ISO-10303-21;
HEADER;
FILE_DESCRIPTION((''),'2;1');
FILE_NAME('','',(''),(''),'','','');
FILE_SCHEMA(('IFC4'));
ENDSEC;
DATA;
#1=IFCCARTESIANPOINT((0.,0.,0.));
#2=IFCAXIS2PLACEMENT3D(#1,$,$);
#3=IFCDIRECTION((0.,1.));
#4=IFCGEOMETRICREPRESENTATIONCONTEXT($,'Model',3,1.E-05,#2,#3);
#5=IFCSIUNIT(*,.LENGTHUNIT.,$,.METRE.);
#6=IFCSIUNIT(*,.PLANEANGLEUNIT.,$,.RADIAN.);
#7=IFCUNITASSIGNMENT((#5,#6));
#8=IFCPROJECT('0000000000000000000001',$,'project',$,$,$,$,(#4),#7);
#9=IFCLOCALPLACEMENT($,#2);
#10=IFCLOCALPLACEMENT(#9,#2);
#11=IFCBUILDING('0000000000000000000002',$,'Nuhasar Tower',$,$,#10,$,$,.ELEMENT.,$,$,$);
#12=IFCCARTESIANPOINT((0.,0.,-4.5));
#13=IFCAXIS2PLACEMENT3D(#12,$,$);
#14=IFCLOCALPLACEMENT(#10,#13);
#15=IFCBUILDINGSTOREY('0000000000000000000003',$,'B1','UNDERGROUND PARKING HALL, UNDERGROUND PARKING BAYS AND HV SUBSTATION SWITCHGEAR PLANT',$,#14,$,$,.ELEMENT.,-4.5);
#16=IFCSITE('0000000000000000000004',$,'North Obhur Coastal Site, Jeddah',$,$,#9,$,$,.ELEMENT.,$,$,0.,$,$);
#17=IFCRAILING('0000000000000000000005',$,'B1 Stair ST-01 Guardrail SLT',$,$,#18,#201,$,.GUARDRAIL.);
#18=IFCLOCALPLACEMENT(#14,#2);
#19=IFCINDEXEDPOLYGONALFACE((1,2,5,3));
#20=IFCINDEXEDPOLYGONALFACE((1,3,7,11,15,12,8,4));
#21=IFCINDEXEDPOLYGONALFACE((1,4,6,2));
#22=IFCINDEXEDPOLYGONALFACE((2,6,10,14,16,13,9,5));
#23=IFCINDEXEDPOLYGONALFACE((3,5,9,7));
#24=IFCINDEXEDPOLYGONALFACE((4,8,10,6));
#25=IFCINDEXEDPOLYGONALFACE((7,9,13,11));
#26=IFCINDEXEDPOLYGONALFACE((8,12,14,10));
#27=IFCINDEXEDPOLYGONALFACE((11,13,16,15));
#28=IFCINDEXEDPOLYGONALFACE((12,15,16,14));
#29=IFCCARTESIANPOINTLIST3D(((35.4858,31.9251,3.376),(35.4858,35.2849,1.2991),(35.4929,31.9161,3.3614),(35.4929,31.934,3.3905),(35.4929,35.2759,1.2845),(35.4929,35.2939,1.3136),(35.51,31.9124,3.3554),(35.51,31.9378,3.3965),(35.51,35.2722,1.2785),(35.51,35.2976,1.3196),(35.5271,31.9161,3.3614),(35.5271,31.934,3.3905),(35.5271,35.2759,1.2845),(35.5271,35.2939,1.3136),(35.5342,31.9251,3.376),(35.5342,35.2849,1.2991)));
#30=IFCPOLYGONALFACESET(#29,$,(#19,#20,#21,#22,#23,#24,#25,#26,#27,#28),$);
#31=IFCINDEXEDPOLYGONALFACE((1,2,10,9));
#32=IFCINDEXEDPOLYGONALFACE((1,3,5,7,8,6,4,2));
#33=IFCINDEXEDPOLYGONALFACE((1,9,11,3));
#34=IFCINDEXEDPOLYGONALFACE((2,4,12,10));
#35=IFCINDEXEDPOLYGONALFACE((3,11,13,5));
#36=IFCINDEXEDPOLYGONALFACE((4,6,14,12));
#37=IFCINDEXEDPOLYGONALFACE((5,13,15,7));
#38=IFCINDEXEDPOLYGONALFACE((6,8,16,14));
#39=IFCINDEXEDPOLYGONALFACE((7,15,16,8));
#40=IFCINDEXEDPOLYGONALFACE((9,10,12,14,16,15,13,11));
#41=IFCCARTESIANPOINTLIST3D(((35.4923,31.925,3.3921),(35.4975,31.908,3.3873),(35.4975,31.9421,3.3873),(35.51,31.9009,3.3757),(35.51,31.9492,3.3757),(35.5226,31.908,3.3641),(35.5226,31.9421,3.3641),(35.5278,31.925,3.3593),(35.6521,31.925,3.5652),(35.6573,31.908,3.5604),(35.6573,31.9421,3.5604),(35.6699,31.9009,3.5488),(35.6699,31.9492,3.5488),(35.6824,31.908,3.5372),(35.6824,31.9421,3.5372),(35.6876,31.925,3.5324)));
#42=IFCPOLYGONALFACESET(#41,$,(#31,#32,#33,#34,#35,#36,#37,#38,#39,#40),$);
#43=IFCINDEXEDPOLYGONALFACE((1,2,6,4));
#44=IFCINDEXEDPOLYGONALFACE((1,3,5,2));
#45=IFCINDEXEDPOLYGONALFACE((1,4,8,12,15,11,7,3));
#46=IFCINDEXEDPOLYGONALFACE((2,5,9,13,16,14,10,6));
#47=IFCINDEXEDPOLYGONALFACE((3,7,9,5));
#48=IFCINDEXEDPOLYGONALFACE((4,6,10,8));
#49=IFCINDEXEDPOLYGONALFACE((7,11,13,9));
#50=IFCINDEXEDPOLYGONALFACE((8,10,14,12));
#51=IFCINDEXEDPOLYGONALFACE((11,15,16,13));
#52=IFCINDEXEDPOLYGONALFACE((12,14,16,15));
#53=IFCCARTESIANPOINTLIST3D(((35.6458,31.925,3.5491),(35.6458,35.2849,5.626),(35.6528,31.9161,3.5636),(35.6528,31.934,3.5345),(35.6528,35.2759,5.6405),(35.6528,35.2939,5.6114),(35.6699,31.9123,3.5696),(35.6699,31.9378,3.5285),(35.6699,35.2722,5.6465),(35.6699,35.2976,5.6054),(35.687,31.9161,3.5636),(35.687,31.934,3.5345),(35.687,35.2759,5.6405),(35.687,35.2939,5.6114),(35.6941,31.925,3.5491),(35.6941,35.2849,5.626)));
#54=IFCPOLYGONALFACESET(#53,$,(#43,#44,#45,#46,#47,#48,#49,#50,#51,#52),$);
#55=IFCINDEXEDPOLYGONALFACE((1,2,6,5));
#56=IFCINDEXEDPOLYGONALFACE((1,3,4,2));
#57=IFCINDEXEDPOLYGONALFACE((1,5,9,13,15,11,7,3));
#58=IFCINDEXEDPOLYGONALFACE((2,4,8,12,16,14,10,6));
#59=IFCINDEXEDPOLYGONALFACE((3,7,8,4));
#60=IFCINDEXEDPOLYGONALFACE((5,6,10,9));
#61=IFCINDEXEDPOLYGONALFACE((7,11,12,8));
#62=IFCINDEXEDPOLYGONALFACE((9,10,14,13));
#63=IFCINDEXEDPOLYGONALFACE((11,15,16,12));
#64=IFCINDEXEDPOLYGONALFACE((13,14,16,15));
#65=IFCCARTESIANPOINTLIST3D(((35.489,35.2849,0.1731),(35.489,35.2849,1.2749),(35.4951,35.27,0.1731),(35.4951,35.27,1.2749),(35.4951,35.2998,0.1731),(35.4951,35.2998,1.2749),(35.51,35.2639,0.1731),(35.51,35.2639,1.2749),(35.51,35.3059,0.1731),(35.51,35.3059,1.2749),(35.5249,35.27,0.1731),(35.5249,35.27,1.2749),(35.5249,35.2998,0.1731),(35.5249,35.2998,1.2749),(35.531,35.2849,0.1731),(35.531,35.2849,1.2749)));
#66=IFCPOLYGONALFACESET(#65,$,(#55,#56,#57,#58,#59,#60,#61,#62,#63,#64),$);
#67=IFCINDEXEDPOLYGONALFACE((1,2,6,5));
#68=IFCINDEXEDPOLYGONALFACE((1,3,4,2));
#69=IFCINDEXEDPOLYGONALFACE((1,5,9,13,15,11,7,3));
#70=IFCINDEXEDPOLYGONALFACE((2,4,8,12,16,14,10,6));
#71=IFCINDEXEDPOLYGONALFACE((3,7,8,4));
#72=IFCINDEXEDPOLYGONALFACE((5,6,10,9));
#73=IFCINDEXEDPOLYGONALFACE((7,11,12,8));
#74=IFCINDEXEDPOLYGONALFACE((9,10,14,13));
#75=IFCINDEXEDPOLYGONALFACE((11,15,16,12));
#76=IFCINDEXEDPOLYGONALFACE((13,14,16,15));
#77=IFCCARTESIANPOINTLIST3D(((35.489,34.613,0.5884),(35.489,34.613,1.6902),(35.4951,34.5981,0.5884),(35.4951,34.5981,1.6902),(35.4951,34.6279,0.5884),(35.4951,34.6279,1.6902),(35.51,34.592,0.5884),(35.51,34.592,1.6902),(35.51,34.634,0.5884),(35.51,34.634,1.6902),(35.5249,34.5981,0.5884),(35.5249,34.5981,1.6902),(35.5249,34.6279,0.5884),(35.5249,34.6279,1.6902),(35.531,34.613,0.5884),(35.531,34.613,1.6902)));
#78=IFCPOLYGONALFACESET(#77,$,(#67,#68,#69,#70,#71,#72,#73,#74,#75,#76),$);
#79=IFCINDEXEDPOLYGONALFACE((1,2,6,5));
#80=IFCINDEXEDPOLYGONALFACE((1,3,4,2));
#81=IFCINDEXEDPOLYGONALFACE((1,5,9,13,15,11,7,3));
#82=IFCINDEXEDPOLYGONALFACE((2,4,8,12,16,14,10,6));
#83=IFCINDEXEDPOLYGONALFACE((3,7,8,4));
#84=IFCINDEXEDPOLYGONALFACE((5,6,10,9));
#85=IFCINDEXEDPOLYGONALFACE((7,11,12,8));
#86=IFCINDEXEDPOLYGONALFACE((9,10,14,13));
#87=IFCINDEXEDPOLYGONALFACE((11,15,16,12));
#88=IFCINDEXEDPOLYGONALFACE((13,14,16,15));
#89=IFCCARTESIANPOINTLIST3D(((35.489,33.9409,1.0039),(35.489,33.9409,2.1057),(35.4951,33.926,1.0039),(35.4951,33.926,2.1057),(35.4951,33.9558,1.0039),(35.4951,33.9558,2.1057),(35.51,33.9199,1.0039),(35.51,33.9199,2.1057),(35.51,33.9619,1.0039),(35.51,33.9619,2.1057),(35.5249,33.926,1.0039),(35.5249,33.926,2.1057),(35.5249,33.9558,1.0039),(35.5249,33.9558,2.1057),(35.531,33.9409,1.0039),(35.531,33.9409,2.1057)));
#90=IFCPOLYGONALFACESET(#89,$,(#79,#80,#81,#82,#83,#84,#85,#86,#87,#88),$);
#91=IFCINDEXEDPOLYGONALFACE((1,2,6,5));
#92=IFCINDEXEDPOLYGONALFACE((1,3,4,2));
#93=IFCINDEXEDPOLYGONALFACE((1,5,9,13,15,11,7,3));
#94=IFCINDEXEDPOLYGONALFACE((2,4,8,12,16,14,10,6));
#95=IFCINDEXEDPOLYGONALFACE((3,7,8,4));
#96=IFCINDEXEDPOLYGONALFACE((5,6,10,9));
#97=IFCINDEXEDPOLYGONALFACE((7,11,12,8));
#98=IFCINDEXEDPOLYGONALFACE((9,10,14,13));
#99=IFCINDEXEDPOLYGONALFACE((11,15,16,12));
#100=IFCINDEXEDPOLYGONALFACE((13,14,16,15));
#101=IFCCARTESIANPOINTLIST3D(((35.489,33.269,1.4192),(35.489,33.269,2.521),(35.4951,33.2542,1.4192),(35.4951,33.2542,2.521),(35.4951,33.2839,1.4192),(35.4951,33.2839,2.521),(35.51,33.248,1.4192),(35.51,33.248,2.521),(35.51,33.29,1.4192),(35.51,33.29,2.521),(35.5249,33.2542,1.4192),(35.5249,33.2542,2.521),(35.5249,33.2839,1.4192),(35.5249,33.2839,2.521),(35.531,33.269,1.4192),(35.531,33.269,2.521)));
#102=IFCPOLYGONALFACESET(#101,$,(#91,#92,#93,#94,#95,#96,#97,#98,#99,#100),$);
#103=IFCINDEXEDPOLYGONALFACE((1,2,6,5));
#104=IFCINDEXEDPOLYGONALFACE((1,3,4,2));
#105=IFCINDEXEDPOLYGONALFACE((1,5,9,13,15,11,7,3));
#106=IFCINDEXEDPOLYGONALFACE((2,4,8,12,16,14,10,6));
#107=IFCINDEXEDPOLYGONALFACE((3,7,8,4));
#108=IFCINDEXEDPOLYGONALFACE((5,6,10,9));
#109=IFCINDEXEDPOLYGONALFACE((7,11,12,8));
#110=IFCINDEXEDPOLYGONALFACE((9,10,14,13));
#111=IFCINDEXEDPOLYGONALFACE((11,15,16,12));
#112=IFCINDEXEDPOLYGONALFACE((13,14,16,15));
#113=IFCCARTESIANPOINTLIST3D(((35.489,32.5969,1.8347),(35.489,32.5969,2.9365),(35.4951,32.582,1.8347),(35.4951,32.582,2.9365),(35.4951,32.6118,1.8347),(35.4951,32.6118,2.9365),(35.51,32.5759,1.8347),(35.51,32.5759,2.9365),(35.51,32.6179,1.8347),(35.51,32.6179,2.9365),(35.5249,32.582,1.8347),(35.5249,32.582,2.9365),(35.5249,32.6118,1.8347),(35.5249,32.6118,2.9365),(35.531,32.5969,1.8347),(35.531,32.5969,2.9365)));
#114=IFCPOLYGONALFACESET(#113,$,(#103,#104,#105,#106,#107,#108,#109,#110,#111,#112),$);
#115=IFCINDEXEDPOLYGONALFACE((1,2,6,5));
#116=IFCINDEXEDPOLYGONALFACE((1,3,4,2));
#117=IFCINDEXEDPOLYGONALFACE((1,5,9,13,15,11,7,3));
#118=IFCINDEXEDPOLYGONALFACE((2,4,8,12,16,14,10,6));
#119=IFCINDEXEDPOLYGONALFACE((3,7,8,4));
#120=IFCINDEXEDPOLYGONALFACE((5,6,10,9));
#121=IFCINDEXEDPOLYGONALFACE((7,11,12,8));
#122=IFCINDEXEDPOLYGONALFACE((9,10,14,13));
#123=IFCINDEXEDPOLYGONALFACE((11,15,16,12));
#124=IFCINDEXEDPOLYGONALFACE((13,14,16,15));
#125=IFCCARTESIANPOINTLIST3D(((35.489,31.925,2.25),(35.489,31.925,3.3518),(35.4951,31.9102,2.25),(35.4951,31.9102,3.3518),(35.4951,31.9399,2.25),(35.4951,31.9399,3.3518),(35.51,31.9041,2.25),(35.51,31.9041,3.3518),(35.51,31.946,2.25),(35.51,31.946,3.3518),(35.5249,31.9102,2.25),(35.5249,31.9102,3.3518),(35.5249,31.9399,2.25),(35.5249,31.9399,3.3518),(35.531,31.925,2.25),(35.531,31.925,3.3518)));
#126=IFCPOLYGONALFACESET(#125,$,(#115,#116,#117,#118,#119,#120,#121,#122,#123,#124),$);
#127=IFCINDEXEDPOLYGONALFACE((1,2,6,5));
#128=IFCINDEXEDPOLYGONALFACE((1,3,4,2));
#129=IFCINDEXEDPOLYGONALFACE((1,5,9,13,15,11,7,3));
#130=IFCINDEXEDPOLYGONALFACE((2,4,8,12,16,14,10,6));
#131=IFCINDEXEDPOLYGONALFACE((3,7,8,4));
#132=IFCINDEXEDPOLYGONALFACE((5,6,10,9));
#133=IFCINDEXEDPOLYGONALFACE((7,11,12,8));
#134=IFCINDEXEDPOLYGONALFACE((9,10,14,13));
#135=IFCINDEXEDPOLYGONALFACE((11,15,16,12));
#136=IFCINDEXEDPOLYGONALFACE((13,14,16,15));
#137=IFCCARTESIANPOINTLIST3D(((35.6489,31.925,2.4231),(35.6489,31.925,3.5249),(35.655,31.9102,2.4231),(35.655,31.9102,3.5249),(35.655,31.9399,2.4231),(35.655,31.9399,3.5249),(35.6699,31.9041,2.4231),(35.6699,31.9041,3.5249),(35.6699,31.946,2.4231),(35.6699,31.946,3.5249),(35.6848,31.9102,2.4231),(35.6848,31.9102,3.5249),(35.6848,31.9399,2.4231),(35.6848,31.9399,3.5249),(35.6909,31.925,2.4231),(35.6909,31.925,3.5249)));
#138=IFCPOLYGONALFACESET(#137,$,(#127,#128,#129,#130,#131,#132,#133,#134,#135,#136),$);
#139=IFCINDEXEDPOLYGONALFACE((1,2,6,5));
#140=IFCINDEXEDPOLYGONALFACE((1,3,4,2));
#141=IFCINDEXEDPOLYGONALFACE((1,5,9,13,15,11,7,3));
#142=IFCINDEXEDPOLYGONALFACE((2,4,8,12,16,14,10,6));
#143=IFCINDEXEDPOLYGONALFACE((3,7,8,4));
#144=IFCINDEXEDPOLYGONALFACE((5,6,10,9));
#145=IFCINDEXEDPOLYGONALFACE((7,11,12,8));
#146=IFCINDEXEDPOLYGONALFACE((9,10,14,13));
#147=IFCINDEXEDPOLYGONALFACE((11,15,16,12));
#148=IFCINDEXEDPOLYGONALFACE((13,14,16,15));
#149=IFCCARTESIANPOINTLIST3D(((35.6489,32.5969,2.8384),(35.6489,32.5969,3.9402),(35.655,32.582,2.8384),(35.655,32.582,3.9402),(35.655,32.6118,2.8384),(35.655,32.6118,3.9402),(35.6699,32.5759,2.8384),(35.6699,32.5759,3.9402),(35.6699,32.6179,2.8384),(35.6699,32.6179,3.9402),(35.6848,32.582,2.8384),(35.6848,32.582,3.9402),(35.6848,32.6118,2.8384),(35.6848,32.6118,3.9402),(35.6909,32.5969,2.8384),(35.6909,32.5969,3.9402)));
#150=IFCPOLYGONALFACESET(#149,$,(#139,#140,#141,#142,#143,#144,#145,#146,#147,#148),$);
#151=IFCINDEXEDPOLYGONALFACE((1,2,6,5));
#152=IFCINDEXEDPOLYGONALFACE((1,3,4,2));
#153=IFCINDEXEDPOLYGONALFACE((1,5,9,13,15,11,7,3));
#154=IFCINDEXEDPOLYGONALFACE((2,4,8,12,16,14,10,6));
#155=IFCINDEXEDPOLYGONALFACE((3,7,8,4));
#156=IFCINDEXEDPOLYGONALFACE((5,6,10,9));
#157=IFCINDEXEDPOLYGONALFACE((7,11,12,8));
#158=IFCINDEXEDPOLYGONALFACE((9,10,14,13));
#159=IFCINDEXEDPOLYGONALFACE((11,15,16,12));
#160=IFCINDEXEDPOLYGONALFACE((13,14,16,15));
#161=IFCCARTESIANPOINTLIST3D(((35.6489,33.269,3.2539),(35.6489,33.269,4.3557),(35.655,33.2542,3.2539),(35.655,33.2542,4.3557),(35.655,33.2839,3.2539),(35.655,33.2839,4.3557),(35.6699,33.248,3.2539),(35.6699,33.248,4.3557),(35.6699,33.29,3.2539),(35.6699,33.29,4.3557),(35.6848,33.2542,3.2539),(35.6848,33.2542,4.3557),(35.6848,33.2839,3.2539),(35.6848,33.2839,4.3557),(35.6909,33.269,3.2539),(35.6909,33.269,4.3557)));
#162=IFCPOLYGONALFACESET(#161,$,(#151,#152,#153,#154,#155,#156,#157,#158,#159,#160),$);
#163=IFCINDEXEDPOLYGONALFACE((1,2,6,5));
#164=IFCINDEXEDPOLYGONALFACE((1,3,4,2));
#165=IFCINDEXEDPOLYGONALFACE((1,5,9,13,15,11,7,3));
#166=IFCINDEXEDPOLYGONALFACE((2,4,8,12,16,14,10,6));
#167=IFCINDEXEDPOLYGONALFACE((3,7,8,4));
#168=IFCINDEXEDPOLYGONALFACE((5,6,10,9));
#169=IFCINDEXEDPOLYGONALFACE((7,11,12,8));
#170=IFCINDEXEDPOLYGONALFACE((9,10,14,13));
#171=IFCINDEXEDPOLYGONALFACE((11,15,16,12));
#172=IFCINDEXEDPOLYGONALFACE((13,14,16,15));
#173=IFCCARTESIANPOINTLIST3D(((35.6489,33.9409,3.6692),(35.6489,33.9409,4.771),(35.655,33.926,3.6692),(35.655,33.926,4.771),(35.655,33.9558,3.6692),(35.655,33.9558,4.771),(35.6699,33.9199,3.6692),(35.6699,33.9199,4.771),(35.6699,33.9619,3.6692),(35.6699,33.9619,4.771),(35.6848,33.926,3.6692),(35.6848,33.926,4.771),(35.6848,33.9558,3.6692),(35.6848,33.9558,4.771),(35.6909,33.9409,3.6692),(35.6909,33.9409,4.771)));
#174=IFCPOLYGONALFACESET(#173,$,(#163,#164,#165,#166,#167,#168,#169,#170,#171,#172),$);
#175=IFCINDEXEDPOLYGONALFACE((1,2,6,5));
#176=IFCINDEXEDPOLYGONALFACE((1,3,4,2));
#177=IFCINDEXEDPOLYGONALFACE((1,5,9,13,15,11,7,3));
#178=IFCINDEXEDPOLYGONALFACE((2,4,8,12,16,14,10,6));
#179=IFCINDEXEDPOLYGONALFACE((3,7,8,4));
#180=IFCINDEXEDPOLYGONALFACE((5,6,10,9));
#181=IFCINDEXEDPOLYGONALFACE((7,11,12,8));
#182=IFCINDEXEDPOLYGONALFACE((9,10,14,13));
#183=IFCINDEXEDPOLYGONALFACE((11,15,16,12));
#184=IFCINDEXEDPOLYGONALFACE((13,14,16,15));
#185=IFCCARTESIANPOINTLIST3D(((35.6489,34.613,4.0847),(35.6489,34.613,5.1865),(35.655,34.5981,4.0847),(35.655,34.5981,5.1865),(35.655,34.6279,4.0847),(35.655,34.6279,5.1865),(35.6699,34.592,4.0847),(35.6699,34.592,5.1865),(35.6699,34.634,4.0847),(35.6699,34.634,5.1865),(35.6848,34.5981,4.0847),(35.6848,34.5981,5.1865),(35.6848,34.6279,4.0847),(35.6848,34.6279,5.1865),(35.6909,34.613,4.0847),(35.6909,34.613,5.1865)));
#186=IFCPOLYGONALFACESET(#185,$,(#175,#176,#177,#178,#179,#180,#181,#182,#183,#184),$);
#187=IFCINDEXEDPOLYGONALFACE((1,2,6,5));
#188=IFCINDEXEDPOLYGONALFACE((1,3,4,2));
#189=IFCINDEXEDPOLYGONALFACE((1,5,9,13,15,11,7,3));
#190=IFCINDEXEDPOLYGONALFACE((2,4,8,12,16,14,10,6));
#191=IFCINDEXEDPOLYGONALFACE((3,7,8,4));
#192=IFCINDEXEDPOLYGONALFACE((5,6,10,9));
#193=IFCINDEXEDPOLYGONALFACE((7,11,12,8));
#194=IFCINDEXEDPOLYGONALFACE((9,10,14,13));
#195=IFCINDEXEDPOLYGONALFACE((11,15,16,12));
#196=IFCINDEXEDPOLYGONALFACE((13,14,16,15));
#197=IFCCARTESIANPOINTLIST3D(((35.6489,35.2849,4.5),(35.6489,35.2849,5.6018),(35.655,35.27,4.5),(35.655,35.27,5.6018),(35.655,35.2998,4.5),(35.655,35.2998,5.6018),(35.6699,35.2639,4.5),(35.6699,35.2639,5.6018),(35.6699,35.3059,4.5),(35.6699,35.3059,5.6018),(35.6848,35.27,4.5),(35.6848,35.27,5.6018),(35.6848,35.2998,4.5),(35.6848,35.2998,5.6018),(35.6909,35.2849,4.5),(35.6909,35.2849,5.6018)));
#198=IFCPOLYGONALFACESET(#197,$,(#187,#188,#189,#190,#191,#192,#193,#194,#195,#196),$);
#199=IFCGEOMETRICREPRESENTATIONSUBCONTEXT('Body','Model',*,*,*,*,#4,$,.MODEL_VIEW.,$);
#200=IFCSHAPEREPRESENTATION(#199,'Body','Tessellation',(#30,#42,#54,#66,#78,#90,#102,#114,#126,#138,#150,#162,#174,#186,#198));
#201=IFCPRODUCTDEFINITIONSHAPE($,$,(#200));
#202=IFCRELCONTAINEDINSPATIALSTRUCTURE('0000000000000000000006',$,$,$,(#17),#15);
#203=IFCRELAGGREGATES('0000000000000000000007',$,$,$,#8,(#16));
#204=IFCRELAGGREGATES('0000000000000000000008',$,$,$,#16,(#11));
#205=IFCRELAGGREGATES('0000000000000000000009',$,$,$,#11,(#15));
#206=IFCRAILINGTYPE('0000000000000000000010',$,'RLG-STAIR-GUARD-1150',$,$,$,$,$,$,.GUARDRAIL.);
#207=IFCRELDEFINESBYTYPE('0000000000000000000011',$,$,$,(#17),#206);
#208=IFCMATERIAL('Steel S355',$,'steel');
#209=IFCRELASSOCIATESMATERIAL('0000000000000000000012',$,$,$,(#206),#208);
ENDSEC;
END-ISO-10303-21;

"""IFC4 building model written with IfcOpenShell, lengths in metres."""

from ifc_helpers import new_model, si_unit, direction, frame, origin, place, context, subcontext, project, spatial, polyline, outline, extrude, material, type_object, element, save


model = new_model("IFC4")

# Units and contexts
model_context = context("Model", 3, precision=1e-05, world=origin(), true_north=direction((0.0, 1.0)))
body_context = subcontext(model_context, "Body", "Model", "MODEL_VIEW")
ifc_project = project(units=[si_unit("LENGTHUNIT", "METRE"), si_unit("PLANEANGLEUNIT", "RADIAN")], contexts=[model_context])

# Site, building, storey
site_placement = place(None, origin())
site = spatial("IfcSite", under=ifc_project, at=site_placement, Name="North Obhur Coastal Site, Jeddah", CompositionType="ELEMENT", RefElevation=0.0)
building_placement = place(site_placement, origin())
building = spatial("IfcBuilding", under=site, at=building_placement, Name="Nuhasar Tower", CompositionType="ELEMENT")
storey_placement = place(building_placement, frame((0.0, 0.0, -4.5)))
storey = spatial("IfcBuildingStorey", under=building, at=storey_placement, Name="B1", Description="UNDERGROUND PARKING HALL, UNDERGROUND PARKING BAYS AND HV SUBSTATION SWITCHGEAR PLANT", CompositionType="ELEMENT", Elevation=-4.5)

# Shared definitions
ifc_material_1 = material(Name="Steel S355", Category="steel")

# Railing
railing_type_1 = type_object("IfcRailingType", Name="RLG-STAIR-GUARD-1150", PredefinedType="GUARDRAIL", material=ifc_material_1)
railing_1_placement = place(storey_placement, frame((35.51, 35.2849, 0.1731)))
element("IfcRailing", 1, at=railing_1_placement, inside=storey, type_object=railing_type_1, Name="B1 Stair ST-01 Guardrail SLT", PredefinedType="GUARDRAIL", context=body_context, shape_type="SweptSolid", body=[
    extrude(outline(polyline([(0.0242, 0.0), (0.0171, 0.0171), (0.0, 0.0242), (-0.0171, 0.0171), (-0.0242, 0.0), (-0.0171, -0.0171), (0.0, -0.0242), (0.0171, -0.0171), (0.0242, 0.0)])), frame((0.0, 0.0, 1.126), z_axis=(0.0, -0.850606, 0.525803), x_axis=(1.0, 0.0, 0.0)), (0.0, 0.0, 1.0), 3.95),
    extrude(outline(polyline([(0.0242, 0.0), (0.0171, 0.0171), (0.0, 0.0242), (-0.0171, 0.0171), (-0.0242, 0.0), (-0.0171, -0.0171), (0.0, -0.0242), (0.0171, -0.0171), (0.0242, 0.0)])), frame((0.0, -3.3599, 3.2026), z_axis=(0.678581, 0.0, 0.734525), x_axis=(0.0, 1.0, 0.0)), (0.0, 0.0, 1.0), 0.2356),
    extrude(outline(polyline([(0.0242, 0.0), (0.0171, 0.0171), (0.0, 0.0242), (-0.0171, 0.0171), (-0.0242, 0.0), (-0.0171, -0.0171), (0.0, -0.0242), (0.0171, -0.0171), (0.0242, 0.0)])), frame((0.1599, -3.3599, 3.376), z_axis=(0.0, 0.850606, 0.525803), x_axis=(-1.0, 0.0, 0.0)), (0.0, 0.0, 1.0), 3.95),
    extrude(outline(polyline([(0.021, 0.0), (0.0149, 0.0149), (0.0, 0.021), (-0.0149, 0.0149), (-0.021, 0.0), (-0.0149, -0.0149), (0.0, -0.021), (0.0149, -0.0149), (0.021, 0.0)])), origin(), (0.0, 0.0, 1.0), 1.1018),
    extrude(outline(polyline([(0.021, 0.0), (0.0149, 0.0149), (0.0, 0.021), (-0.0149, 0.0149), (-0.021, 0.0), (-0.0149, -0.0149), (0.0, -0.021), (0.0149, -0.0149), (0.021, 0.0)])), frame((0.0, -0.6719, 0.4153)), (0.0, 0.0, 1.0), 1.1018),
    extrude(outline(polyline([(0.021, 0.0), (0.0149, 0.0149), (0.0, 0.021), (-0.0149, 0.0149), (-0.021, 0.0), (-0.0149, -0.0149), (0.0, -0.021), (0.0149, -0.0149), (0.021, 0.0)])), frame((0.0, -1.344, 0.8308)), (0.0, 0.0, 1.0), 1.1018),
    extrude(outline(polyline([(0.021, 0.0), (0.0149, 0.0149), (0.0, 0.021), (-0.0149, 0.0149), (-0.021, 0.0), (-0.0149, -0.0149), (0.0, -0.021), (0.0149, -0.0149), (0.021, 0.0)])), frame((0.0, -2.0159, 1.2461)), (0.0, 0.0, 1.0), 1.1018),
    extrude(outline(polyline([(0.021, 0.0), (0.0149, 0.0149), (0.0, 0.021), (-0.0149, 0.0149), (-0.021, 0.0), (-0.0149, -0.0149), (0.0, -0.021), (0.0149, -0.0149), (0.021, 0.0)])), frame((0.0, -2.688, 1.6616)), (0.0, 0.0, 1.0), 1.1018),
    extrude(outline(polyline([(0.021, 0.0), (0.0149, 0.0149), (0.0, 0.021), (-0.0149, 0.0149), (-0.021, 0.0), (-0.0149, -0.0149), (0.0, -0.021), (0.0149, -0.0149), (0.021, 0.0)])), frame((0.0, -3.3599, 2.0769)), (0.0, 0.0, 1.0), 1.1018),
    extrude(outline(polyline([(0.021, 0.0), (0.0149, 0.0149), (0.0, 0.021), (-0.0149, 0.0149), (-0.021, 0.0), (-0.0149, -0.0149), (0.0, -0.021), (0.0149, -0.0149), (0.021, 0.0)])), frame((0.1599, -3.3599, 2.25)), (0.0, 0.0, 1.0), 1.1018),
    extrude(outline(polyline([(0.021, 0.0), (0.0149, 0.0149), (0.0, 0.021), (-0.0149, 0.0149), (-0.021, 0.0), (-0.0149, -0.0149), (0.0, -0.021), (0.0149, -0.0149), (0.021, 0.0)])), frame((0.1599, -2.688, 2.6653)), (0.0, 0.0, 1.0), 1.1018),
    extrude(outline(polyline([(0.021, 0.0), (0.0149, 0.0149), (0.0, 0.021), (-0.0149, 0.0149), (-0.021, 0.0), (-0.0149, -0.0149), (0.0, -0.021), (0.0149, -0.0149), (0.021, 0.0)])), frame((0.1599, -2.0159, 3.0808)), (0.0, 0.0, 1.0), 1.1018),
    extrude(outline(polyline([(0.021, 0.0), (0.0149, 0.0149), (0.0, 0.021), (-0.0149, 0.0149), (-0.021, 0.0), (-0.0149, -0.0149), (0.0, -0.021), (0.0149, -0.0149), (0.021, 0.0)])), frame((0.1599, -1.344, 3.4961)), (0.0, 0.0, 1.0), 1.1018),
    extrude(outline(polyline([(0.021, 0.0), (0.0149, 0.0149), (0.0, 0.021), (-0.0149, 0.0149), (-0.021, 0.0), (-0.0149, -0.0149), (0.0, -0.021), (0.0149, -0.0149), (0.021, 0.0)])), frame((0.1599, -0.6719, 3.9116)), (0.0, 0.0, 1.0), 1.1018),
    extrude(outline(polyline([(0.021, 0.0), (0.0149, 0.0149), (0.0, 0.021), (-0.0149, 0.0149), (-0.021, 0.0), (-0.0149, -0.0149), (0.0, -0.021), (0.0149, -0.0149), (0.021, 0.0)])), frame((0.1599, 0.0, 4.3269)), (0.0, 0.0, 1.0), 1.1018),
])

save(model, "model.ifc")
